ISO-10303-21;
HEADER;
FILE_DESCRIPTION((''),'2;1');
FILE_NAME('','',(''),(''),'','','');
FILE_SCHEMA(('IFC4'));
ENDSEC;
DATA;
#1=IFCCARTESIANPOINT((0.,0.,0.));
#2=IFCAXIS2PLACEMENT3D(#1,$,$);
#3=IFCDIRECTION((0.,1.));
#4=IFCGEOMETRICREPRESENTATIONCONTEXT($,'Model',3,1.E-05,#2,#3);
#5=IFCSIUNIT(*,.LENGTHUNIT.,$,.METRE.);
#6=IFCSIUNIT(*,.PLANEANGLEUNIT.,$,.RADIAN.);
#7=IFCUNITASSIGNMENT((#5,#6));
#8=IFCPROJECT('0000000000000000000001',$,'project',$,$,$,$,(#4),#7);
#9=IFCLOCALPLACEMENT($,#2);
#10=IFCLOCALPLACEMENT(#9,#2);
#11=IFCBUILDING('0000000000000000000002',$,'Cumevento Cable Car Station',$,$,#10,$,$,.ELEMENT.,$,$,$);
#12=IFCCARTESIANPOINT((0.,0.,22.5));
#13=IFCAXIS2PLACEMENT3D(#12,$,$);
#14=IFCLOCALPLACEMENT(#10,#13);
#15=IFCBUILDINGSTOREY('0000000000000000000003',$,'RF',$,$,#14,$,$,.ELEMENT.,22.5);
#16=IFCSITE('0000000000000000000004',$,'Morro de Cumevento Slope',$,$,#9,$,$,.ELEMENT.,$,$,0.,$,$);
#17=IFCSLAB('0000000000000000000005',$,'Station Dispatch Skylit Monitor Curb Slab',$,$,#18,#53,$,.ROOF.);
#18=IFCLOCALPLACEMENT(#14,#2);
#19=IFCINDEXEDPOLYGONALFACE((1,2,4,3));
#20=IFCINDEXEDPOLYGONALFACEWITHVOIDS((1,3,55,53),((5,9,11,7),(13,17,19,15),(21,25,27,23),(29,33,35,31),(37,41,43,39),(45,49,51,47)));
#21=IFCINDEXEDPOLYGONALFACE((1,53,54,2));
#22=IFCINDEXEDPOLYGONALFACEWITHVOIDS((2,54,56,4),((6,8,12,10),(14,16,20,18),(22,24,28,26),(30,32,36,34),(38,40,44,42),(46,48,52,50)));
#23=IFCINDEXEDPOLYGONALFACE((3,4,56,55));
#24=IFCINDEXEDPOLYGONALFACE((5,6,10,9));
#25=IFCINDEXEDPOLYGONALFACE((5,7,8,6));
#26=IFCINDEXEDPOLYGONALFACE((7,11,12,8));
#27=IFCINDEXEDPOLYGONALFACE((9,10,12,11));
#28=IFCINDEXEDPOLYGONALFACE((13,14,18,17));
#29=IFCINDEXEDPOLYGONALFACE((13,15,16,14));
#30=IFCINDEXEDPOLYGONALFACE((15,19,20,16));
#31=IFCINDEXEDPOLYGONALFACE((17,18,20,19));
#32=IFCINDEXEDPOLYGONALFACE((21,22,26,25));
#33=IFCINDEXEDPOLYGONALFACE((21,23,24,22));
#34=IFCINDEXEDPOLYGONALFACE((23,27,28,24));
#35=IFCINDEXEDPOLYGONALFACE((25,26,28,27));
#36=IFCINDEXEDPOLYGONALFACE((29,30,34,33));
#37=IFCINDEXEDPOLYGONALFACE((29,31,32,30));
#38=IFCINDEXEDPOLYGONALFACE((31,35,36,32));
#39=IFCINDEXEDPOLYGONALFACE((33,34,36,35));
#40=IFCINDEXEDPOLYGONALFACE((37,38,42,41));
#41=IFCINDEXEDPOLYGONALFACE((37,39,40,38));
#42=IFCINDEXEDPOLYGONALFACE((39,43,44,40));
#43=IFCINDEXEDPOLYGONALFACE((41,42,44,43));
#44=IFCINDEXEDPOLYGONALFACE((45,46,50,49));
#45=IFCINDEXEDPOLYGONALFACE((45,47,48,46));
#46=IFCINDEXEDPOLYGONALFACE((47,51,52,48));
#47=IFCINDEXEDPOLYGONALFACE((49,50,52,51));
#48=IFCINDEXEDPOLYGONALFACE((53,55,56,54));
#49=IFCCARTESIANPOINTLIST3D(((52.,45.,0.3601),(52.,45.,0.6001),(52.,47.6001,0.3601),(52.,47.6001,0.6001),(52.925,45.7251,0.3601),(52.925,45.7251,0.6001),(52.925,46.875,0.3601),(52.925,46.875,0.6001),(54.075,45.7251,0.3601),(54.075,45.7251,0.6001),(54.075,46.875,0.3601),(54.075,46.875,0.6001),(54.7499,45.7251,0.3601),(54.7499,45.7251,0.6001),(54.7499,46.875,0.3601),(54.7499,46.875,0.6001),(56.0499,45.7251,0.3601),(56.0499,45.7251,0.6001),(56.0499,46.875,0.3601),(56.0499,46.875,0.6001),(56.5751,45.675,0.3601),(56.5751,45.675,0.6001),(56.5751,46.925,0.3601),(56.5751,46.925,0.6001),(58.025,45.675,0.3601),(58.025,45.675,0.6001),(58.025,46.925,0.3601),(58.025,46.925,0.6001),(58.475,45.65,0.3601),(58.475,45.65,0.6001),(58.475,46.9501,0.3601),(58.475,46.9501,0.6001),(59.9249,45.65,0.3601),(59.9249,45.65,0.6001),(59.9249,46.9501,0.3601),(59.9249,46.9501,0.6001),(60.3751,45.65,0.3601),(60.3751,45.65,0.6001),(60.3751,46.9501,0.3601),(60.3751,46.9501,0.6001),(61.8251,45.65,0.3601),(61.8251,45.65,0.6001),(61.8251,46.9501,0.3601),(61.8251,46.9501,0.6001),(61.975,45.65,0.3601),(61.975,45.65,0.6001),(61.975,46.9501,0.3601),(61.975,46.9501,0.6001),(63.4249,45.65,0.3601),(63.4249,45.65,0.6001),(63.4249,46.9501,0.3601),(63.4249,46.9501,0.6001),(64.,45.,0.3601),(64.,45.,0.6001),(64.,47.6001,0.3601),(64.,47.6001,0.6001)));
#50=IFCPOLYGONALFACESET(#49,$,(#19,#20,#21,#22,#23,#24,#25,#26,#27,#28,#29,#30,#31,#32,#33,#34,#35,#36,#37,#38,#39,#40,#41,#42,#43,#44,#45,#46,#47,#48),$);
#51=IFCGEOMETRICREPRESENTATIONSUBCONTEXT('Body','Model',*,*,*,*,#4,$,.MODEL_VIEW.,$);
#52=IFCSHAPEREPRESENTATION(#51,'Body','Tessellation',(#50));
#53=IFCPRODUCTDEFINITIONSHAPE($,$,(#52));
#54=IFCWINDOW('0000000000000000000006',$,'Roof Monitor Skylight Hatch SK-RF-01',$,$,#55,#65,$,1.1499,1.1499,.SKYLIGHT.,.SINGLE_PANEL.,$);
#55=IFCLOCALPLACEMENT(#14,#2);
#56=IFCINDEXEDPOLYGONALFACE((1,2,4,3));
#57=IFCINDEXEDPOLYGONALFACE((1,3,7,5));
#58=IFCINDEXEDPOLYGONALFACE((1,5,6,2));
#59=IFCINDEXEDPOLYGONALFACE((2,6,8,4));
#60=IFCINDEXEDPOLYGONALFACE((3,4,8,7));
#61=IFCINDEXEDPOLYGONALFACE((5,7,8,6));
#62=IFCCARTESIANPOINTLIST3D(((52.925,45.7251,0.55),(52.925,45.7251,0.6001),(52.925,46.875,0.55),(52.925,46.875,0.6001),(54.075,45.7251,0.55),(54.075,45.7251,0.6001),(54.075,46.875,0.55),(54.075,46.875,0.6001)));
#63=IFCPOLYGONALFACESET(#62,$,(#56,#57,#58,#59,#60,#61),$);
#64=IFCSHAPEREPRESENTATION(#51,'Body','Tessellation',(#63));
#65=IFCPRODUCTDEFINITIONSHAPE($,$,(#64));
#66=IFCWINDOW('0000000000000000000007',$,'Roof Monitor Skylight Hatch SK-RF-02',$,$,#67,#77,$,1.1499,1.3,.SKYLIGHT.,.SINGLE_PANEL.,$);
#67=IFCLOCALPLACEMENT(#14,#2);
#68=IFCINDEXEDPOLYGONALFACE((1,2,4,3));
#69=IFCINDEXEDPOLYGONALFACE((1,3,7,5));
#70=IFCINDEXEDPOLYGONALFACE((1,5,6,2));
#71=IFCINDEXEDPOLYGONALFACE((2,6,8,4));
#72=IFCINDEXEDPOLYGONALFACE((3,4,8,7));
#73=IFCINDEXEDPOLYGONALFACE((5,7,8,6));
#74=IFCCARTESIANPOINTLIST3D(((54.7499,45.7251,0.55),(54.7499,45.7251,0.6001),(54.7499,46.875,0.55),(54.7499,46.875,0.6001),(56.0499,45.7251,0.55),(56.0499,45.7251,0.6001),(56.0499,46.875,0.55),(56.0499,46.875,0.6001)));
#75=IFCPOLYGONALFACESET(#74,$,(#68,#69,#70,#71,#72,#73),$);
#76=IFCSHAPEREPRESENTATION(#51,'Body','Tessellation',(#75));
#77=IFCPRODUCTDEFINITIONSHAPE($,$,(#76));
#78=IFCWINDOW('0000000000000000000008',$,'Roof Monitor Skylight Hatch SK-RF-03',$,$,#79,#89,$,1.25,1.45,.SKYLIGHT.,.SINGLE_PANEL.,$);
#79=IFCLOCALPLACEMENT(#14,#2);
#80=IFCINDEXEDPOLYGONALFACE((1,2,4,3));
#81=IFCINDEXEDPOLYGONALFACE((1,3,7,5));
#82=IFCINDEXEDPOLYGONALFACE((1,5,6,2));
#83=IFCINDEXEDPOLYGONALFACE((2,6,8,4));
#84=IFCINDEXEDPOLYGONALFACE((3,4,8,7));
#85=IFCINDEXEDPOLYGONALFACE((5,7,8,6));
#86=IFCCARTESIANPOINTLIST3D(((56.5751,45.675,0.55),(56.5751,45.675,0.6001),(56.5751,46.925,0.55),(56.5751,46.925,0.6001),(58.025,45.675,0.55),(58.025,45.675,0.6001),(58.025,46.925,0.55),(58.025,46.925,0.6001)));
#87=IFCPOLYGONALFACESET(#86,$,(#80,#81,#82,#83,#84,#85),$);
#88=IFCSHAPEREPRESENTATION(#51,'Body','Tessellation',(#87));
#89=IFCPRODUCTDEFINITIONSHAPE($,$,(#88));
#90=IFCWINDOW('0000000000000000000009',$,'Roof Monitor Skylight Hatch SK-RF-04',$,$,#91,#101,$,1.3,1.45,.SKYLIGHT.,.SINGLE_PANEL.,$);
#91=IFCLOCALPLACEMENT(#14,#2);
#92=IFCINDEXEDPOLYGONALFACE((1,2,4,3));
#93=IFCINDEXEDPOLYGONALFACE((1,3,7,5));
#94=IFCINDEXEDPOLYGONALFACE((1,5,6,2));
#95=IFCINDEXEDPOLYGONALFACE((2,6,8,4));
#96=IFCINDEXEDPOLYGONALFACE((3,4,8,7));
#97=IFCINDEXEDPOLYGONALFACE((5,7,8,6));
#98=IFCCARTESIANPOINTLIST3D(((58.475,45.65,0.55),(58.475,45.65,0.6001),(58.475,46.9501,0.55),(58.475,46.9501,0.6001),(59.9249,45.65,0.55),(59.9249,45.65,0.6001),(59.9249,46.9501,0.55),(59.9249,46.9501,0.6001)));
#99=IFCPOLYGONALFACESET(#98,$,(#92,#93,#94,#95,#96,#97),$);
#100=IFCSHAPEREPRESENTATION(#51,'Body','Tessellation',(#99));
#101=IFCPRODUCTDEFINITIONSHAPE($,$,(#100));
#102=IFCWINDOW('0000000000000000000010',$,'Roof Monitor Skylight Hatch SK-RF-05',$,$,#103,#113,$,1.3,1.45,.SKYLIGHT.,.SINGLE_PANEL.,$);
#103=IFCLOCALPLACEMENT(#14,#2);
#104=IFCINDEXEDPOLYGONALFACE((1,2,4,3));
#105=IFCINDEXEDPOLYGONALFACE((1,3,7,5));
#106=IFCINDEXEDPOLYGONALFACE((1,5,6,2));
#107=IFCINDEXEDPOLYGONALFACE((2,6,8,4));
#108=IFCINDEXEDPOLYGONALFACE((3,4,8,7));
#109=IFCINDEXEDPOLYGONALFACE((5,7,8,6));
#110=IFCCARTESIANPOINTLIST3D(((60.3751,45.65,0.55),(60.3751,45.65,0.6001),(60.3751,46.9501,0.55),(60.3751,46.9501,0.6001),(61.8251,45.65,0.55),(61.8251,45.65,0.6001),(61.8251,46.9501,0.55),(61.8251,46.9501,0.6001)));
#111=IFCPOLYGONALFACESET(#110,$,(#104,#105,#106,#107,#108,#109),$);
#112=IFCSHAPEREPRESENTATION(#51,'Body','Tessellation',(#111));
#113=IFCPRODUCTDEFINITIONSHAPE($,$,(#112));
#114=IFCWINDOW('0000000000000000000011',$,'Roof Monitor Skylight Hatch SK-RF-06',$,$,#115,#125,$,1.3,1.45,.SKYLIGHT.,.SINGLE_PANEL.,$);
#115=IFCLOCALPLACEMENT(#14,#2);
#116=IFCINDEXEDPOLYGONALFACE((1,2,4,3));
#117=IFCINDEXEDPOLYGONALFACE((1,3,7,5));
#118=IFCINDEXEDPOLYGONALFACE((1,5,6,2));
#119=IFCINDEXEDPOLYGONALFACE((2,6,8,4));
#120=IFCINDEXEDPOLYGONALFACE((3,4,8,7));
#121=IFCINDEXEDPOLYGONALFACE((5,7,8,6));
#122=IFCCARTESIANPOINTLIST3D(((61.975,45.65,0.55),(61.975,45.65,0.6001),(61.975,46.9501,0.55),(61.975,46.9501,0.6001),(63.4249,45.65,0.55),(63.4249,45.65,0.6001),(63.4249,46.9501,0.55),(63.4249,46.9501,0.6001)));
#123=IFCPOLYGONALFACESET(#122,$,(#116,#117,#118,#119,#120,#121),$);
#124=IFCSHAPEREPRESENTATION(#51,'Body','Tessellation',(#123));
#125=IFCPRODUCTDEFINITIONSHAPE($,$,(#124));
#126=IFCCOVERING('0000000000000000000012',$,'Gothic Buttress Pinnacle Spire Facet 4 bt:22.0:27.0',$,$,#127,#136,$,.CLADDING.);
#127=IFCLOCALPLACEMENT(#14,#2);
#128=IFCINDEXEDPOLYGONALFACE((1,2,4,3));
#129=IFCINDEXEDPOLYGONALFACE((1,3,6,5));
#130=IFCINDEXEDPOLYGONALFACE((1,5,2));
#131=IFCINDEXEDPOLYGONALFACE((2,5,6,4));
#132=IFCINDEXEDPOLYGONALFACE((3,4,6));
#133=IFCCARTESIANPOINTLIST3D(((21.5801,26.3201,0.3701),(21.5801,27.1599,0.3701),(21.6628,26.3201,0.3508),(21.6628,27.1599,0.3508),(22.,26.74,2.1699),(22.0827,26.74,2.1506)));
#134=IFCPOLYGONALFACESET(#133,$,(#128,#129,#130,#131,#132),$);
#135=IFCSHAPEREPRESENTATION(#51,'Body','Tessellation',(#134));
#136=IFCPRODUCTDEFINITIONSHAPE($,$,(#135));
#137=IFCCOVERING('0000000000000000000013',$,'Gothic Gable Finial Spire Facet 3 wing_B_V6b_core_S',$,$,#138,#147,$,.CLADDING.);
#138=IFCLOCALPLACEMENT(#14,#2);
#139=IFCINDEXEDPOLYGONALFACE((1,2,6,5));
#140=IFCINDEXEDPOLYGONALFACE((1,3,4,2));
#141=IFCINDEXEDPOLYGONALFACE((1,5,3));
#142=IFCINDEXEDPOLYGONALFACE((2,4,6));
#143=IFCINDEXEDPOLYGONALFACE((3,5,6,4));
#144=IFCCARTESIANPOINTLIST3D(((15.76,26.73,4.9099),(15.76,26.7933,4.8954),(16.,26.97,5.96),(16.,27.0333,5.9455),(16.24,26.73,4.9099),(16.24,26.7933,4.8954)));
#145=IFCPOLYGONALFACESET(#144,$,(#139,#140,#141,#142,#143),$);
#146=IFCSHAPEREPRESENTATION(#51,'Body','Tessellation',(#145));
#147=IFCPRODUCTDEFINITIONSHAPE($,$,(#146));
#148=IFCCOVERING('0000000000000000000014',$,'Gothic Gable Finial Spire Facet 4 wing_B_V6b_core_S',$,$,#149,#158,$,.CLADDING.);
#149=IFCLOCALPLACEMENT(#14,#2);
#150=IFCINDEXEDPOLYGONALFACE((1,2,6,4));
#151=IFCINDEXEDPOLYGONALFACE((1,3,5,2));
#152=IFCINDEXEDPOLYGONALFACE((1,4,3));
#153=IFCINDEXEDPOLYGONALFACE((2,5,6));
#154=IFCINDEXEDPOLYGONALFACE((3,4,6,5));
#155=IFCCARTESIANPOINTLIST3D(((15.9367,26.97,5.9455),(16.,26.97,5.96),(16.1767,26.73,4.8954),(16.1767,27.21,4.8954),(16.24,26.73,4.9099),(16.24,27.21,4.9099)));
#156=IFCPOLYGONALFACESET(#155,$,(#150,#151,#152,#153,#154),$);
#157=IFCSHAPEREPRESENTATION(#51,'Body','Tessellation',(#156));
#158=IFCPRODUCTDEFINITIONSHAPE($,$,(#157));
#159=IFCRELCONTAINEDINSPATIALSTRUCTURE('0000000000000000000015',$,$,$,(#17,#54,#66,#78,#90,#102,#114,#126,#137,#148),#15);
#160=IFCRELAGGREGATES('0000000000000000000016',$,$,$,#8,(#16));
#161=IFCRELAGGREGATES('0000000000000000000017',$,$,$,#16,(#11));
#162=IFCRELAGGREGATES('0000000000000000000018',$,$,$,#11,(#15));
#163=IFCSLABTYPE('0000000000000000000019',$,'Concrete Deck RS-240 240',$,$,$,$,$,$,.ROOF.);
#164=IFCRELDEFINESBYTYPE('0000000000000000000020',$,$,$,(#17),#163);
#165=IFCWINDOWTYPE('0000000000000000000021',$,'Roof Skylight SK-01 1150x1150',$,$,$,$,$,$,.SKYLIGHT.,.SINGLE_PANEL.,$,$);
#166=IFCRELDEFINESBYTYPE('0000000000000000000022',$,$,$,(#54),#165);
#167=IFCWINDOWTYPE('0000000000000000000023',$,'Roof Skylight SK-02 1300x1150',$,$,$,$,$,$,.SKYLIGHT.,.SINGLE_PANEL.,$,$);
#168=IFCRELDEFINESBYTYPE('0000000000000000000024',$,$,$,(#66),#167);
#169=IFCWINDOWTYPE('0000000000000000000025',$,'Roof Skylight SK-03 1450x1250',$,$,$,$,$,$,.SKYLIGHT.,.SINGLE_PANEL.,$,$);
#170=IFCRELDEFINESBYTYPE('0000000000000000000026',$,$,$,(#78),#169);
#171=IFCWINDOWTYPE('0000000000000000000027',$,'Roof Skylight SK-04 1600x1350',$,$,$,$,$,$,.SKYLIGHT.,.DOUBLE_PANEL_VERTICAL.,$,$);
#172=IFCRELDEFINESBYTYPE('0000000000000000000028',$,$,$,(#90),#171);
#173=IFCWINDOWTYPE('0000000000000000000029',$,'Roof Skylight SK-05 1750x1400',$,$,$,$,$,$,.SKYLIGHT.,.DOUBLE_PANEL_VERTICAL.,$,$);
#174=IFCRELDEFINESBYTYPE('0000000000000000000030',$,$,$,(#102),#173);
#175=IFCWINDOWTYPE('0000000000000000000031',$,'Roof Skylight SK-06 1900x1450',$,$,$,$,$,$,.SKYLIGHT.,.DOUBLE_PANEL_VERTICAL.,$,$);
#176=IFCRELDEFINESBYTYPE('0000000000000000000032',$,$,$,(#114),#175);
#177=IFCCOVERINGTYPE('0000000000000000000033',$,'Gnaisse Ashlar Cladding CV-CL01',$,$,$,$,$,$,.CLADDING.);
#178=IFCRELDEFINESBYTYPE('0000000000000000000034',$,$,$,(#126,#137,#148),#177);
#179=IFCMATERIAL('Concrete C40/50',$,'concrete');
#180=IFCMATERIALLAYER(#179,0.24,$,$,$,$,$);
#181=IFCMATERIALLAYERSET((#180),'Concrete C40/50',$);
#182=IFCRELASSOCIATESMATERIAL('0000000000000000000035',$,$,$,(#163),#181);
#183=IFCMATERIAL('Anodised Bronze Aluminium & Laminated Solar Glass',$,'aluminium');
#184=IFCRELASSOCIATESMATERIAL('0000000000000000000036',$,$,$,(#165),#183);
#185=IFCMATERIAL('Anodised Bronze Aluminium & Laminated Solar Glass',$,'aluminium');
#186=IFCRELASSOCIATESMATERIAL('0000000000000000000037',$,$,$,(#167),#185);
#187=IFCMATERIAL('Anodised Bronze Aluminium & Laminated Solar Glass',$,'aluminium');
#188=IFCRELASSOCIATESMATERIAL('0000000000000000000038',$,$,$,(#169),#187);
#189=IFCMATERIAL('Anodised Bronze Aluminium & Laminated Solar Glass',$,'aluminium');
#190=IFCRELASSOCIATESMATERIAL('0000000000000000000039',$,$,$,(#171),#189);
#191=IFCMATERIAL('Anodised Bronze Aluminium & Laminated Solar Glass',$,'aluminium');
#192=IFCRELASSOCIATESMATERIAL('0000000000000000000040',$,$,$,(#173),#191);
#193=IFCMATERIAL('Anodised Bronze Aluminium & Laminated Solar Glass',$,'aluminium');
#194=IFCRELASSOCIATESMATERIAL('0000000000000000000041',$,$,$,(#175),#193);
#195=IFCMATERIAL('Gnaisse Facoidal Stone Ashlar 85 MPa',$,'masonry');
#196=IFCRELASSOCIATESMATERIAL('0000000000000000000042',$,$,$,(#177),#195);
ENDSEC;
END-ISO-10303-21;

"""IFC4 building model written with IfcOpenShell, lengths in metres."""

from ifc_helpers import new_model, si_unit, direction, frame, origin, origin_2d, place, context, subcontext, project, spatial, polyline, rectangle, outline, extrude, material, layer, layer_set, type_object, element, fill, save


model = new_model("IFC4")

# Units and contexts
model_context = context("Model", 3, precision=1e-05, world=origin(), true_north=direction((0.0, 1.0)))
body_context = subcontext(model_context, "Body", "Model", "MODEL_VIEW")
ifc_project = project(units=[si_unit("LENGTHUNIT", "METRE"), si_unit("PLANEANGLEUNIT", "RADIAN")], contexts=[model_context])

# Site, building, storey
site_placement = place(None, origin())
site = spatial("IfcSite", under=ifc_project, at=site_placement, Name="Morro de Cumevento Slope", CompositionType="ELEMENT", RefElevation=0.0)
building_placement = place(site_placement, origin())
building = spatial("IfcBuilding", under=site, at=building_placement, Name="Cumevento Cable Car Station", CompositionType="ELEMENT")
storey_placement = place(building_placement, frame((0.0, 0.0, 22.5)))
storey = spatial("IfcBuildingStorey", under=building, at=storey_placement, Name="RF", CompositionType="ELEMENT", Elevation=22.5)

# Slab, openings, windows
ifc_material_1 = material(Name="Concrete C40/50", Category="concrete")
ifc_layer_1 = layer(ifc_material_1, 0.24)
ifc_layer_set_1 = layer_set([ifc_layer_1], Name="Concrete C40/50")
slab_type_1 = type_object("IfcSlabType", Name="Concrete Deck RS-240 240", PredefinedType="ROOF", material=ifc_layer_set_1)
slab_1_placement = place(storey_placement, frame((0.0, 0.0, 0.3601)))
slab_1 = element("IfcSlab", 1, at=slab_1_placement, inside=storey, type_object=slab_type_1, Name="Station Dispatch Skylit Monitor Curb Slab", PredefinedType="ROOF", context=body_context, shape_type="SweptSolid", body=[
    extrude(outline(polyline([(52.0, 45.0), (64.0, 45.0), (64.0, 47.6001), (52.0, 47.6001), (52.0, 45.0)])), origin(), (0.0, 0.0, 1.0), 0.24),
])
opening_1_placement = place(slab_1_placement, frame((53.5, 46.3, 0.0)))
opening_1 = element("IfcOpeningElement", 2, at=opening_1_placement, cuts=slab_1, PredefinedType="OPENING", context=body_context, shape_type="SweptSolid", body=[
    extrude(rectangle(XDim=1.1499, YDim=1.1499, at=origin_2d()), origin(), (0.0, 0.0, 1.0), 0.24),
])
opening_2_placement = place(slab_1_placement, frame((55.3999, 46.3, 0.0)))
opening_2 = element("IfcOpeningElement", 3, at=opening_2_placement, cuts=slab_1, PredefinedType="OPENING", context=body_context, shape_type="SweptSolid", body=[
    extrude(rectangle(XDim=1.3, YDim=1.1499, at=origin_2d()), origin(), (0.0, 0.0, 1.0), 0.24),
])
opening_3_placement = place(slab_1_placement, frame((57.3, 46.3, 0.0)))
opening_3 = element("IfcOpeningElement", 4, at=opening_3_placement, cuts=slab_1, PredefinedType="OPENING", context=body_context, shape_type="SweptSolid", body=[
    extrude(rectangle(XDim=1.45, YDim=1.25, at=origin_2d()), origin(), (0.0, 0.0, 1.0), 0.24),
])
opening_4_placement = place(slab_1_placement, frame((59.2, 46.3, 0.0)))
opening_4 = element("IfcOpeningElement", 5, at=opening_4_placement, cuts=slab_1, PredefinedType="OPENING", context=body_context, shape_type="SweptSolid", body=[
    extrude(rectangle(XDim=1.45, YDim=1.3, at=origin_2d()), origin(), (0.0, 0.0, 1.0), 0.24),
])
opening_5_placement = place(slab_1_placement, frame((61.1001, 46.3, 0.0)))
opening_5 = element("IfcOpeningElement", 6, at=opening_5_placement, cuts=slab_1, PredefinedType="OPENING", context=body_context, shape_type="SweptSolid", body=[
    extrude(rectangle(XDim=1.45, YDim=1.3, at=origin_2d()), origin(), (0.0, 0.0, 1.0), 0.24),
])
opening_6_placement = place(slab_1_placement, frame((62.7, 46.3, 0.0)))
opening_6 = element("IfcOpeningElement", 7, at=opening_6_placement, cuts=slab_1, PredefinedType="OPENING", context=body_context, shape_type="SweptSolid", body=[
    extrude(rectangle(XDim=1.45, YDim=1.3, at=origin_2d()), origin(), (0.0, 0.0, 1.0), 0.24),
])
ifc_material_2 = material(Name="Anodised Bronze Aluminium & Laminated Solar Glass", Category="aluminium")
window_type_1 = type_object("IfcWindowType", Name="Roof Skylight SK-01 1150x1150", PartitioningType="SINGLE_PANEL", PredefinedType="SKYLIGHT", material=ifc_material_2)
window_1_placement = place(opening_1_placement, frame((0.0, 0.0, 0.1899)))
window_1 = element("IfcWindow", 8, at=window_1_placement, inside=storey, type_object=window_type_1, Name="Roof Monitor Skylight Hatch SK-RF-01", OverallHeight=1.1499, OverallWidth=1.1499, PartitioningType="SINGLE_PANEL", PredefinedType="SKYLIGHT", context=body_context, shape_type="SweptSolid", body=[
    extrude(rectangle(XDim=1.1499, YDim=1.1499, at=origin_2d()), origin(), (0.0, 0.0, 1.0), 0.05),
])
fill(opening_1, window_1)
ifc_material_3 = material(Name="Anodised Bronze Aluminium & Laminated Solar Glass", Category="aluminium")
window_type_2 = type_object("IfcWindowType", Name="Roof Skylight SK-02 1300x1150", PartitioningType="SINGLE_PANEL", PredefinedType="SKYLIGHT", material=ifc_material_3)
window_2_placement = place(opening_2_placement, frame((0.0, 0.0, 0.1899)))
window_2 = element("IfcWindow", 9, at=window_2_placement, inside=storey, type_object=window_type_2, Name="Roof Monitor Skylight Hatch SK-RF-02", OverallHeight=1.1499, OverallWidth=1.3, PartitioningType="SINGLE_PANEL", PredefinedType="SKYLIGHT", context=body_context, shape_type="SweptSolid", body=[
    extrude(rectangle(XDim=1.3, YDim=1.1499, at=origin_2d()), origin(), (0.0, 0.0, 1.0), 0.05),
])
fill(opening_2, window_2)
ifc_material_4 = material(Name="Anodised Bronze Aluminium & Laminated Solar Glass", Category="aluminium")
window_type_3 = type_object("IfcWindowType", Name="Roof Skylight SK-03 1450x1250", PartitioningType="SINGLE_PANEL", PredefinedType="SKYLIGHT", material=ifc_material_4)
window_3_placement = place(opening_3_placement, frame((0.0, 0.0, 0.1899)))
window_3 = element("IfcWindow", 10, at=window_3_placement, inside=storey, type_object=window_type_3, Name="Roof Monitor Skylight Hatch SK-RF-03", OverallHeight=1.25, OverallWidth=1.45, PartitioningType="SINGLE_PANEL", PredefinedType="SKYLIGHT", context=body_context, shape_type="SweptSolid", body=[
    extrude(rectangle(XDim=1.45, YDim=1.25, at=origin_2d()), origin(), (0.0, 0.0, 1.0), 0.05),
])
fill(opening_3, window_3)
ifc_material_5 = material(Name="Anodised Bronze Aluminium & Laminated Solar Glass", Category="aluminium")
window_type_4 = type_object("IfcWindowType", Name="Roof Skylight SK-04 1600x1350", PartitioningType="DOUBLE_PANEL_VERTICAL", PredefinedType="SKYLIGHT", material=ifc_material_5)
window_4_placement = place(opening_4_placement, frame((0.0, 0.0, 0.1899)))
window_4 = element("IfcWindow", 11, at=window_4_placement, inside=storey, type_object=window_type_4, Name="Roof Monitor Skylight Hatch SK-RF-04", OverallHeight=1.3, OverallWidth=1.45, PartitioningType="SINGLE_PANEL", PredefinedType="SKYLIGHT", context=body_context, shape_type="SweptSolid", body=[
    extrude(rectangle(XDim=1.45, YDim=1.3, at=origin_2d()), origin(), (0.0, 0.0, 1.0), 0.05),
])
fill(opening_4, window_4)
ifc_material_6 = material(Name="Anodised Bronze Aluminium & Laminated Solar Glass", Category="aluminium")
window_type_5 = type_object("IfcWindowType", Name="Roof Skylight SK-05 1750x1400", PartitioningType="DOUBLE_PANEL_VERTICAL", PredefinedType="SKYLIGHT", material=ifc_material_6)
window_5_placement = place(opening_5_placement, frame((0.0, 0.0, 0.1899)))
window_5 = element("IfcWindow", 12, at=window_5_placement, inside=storey, type_object=window_type_5, Name="Roof Monitor Skylight Hatch SK-RF-05", OverallHeight=1.3, OverallWidth=1.45, PartitioningType="SINGLE_PANEL", PredefinedType="SKYLIGHT", context=body_context, shape_type="SweptSolid", body=[
    extrude(rectangle(XDim=1.45, YDim=1.3, at=origin_2d()), origin(), (0.0, 0.0, 1.0), 0.05),
])
fill(opening_5, window_5)
ifc_material_7 = material(Name="Anodised Bronze Aluminium & Laminated Solar Glass", Category="aluminium")
window_type_6 = type_object("IfcWindowType", Name="Roof Skylight SK-06 1900x1450", PartitioningType="DOUBLE_PANEL_VERTICAL", PredefinedType="SKYLIGHT", material=ifc_material_7)
window_6_placement = place(opening_6_placement, frame((0.0, 0.0, 0.1899)))
window_6 = element("IfcWindow", 13, at=window_6_placement, inside=storey, type_object=window_type_6, Name="Roof Monitor Skylight Hatch SK-RF-06", OverallHeight=1.3, OverallWidth=1.45, PartitioningType="SINGLE_PANEL", PredefinedType="SKYLIGHT", context=body_context, shape_type="SweptSolid", body=[
    extrude(rectangle(XDim=1.45, YDim=1.3, at=origin_2d()), origin(), (0.0, 0.0, 1.0), 0.05),
])
fill(opening_6, window_6)

# Coverings
ifc_material_8 = material(Name="Gnaisse Facoidal Stone Ashlar 85 MPa", Category="masonry")
covering_type = type_object("IfcCoveringType", Name="Gnaisse Ashlar Cladding CV-CL01", PredefinedType="CLADDING", material=ifc_material_8)
covering_1_placement = place(storey_placement, frame((21.5801, 26.3201, 0.3701), z_axis=(-0.973845, 0.0, 0.227213), x_axis=(0.0, 1.0, 0.0)))
element("IfcCovering", 14, at=covering_1_placement, inside=storey, type_object=covering_type, Name="Gothic Buttress Pinnacle Spire Facet 4 bt:22.0:27.0", PredefinedType="CLADDING", context=body_context, shape_type="SweptSolid", body=[
    extrude(outline(polyline([(0.0, 0.0), (0.8398, 0.0), (0.4199, -1.8481), (0.0, 0.0)])), origin(), (0.0, 0.0, -1.0), 0.085),
])
for number, where, z_axis, x_axis, name in (
    (15, (15.76, 26.73, 4.9099), (0.0, -0.974863, 0.222806), (1.0, 0.0, 0.0), "Gothic Gable Finial Spire Facet 3 wing_B_V6b_core_S"),
    (16, (16.24, 26.73, 4.9099), (0.974863, 0.0, 0.222806), (0.0, 1.0, 0.0), "Gothic Gable Finial Spire Facet 4 wing_B_V6b_core_S"),
):
    element("IfcCovering", number, at=place(storey_placement, frame(where, z_axis=z_axis, x_axis=x_axis)), inside=storey, type_object=covering_type, Name=name, PredefinedType="CLADDING", context=body_context, shape_type="SweptSolid", body=[
        extrude(outline(polyline([(0.0, 0.0), (0.48, 0.0), (0.24, 1.0771), (0.0, 0.0)])), origin(), (0.0, 0.0, -1.0), 0.0649),
    ])

save(model, "model.ifc")
